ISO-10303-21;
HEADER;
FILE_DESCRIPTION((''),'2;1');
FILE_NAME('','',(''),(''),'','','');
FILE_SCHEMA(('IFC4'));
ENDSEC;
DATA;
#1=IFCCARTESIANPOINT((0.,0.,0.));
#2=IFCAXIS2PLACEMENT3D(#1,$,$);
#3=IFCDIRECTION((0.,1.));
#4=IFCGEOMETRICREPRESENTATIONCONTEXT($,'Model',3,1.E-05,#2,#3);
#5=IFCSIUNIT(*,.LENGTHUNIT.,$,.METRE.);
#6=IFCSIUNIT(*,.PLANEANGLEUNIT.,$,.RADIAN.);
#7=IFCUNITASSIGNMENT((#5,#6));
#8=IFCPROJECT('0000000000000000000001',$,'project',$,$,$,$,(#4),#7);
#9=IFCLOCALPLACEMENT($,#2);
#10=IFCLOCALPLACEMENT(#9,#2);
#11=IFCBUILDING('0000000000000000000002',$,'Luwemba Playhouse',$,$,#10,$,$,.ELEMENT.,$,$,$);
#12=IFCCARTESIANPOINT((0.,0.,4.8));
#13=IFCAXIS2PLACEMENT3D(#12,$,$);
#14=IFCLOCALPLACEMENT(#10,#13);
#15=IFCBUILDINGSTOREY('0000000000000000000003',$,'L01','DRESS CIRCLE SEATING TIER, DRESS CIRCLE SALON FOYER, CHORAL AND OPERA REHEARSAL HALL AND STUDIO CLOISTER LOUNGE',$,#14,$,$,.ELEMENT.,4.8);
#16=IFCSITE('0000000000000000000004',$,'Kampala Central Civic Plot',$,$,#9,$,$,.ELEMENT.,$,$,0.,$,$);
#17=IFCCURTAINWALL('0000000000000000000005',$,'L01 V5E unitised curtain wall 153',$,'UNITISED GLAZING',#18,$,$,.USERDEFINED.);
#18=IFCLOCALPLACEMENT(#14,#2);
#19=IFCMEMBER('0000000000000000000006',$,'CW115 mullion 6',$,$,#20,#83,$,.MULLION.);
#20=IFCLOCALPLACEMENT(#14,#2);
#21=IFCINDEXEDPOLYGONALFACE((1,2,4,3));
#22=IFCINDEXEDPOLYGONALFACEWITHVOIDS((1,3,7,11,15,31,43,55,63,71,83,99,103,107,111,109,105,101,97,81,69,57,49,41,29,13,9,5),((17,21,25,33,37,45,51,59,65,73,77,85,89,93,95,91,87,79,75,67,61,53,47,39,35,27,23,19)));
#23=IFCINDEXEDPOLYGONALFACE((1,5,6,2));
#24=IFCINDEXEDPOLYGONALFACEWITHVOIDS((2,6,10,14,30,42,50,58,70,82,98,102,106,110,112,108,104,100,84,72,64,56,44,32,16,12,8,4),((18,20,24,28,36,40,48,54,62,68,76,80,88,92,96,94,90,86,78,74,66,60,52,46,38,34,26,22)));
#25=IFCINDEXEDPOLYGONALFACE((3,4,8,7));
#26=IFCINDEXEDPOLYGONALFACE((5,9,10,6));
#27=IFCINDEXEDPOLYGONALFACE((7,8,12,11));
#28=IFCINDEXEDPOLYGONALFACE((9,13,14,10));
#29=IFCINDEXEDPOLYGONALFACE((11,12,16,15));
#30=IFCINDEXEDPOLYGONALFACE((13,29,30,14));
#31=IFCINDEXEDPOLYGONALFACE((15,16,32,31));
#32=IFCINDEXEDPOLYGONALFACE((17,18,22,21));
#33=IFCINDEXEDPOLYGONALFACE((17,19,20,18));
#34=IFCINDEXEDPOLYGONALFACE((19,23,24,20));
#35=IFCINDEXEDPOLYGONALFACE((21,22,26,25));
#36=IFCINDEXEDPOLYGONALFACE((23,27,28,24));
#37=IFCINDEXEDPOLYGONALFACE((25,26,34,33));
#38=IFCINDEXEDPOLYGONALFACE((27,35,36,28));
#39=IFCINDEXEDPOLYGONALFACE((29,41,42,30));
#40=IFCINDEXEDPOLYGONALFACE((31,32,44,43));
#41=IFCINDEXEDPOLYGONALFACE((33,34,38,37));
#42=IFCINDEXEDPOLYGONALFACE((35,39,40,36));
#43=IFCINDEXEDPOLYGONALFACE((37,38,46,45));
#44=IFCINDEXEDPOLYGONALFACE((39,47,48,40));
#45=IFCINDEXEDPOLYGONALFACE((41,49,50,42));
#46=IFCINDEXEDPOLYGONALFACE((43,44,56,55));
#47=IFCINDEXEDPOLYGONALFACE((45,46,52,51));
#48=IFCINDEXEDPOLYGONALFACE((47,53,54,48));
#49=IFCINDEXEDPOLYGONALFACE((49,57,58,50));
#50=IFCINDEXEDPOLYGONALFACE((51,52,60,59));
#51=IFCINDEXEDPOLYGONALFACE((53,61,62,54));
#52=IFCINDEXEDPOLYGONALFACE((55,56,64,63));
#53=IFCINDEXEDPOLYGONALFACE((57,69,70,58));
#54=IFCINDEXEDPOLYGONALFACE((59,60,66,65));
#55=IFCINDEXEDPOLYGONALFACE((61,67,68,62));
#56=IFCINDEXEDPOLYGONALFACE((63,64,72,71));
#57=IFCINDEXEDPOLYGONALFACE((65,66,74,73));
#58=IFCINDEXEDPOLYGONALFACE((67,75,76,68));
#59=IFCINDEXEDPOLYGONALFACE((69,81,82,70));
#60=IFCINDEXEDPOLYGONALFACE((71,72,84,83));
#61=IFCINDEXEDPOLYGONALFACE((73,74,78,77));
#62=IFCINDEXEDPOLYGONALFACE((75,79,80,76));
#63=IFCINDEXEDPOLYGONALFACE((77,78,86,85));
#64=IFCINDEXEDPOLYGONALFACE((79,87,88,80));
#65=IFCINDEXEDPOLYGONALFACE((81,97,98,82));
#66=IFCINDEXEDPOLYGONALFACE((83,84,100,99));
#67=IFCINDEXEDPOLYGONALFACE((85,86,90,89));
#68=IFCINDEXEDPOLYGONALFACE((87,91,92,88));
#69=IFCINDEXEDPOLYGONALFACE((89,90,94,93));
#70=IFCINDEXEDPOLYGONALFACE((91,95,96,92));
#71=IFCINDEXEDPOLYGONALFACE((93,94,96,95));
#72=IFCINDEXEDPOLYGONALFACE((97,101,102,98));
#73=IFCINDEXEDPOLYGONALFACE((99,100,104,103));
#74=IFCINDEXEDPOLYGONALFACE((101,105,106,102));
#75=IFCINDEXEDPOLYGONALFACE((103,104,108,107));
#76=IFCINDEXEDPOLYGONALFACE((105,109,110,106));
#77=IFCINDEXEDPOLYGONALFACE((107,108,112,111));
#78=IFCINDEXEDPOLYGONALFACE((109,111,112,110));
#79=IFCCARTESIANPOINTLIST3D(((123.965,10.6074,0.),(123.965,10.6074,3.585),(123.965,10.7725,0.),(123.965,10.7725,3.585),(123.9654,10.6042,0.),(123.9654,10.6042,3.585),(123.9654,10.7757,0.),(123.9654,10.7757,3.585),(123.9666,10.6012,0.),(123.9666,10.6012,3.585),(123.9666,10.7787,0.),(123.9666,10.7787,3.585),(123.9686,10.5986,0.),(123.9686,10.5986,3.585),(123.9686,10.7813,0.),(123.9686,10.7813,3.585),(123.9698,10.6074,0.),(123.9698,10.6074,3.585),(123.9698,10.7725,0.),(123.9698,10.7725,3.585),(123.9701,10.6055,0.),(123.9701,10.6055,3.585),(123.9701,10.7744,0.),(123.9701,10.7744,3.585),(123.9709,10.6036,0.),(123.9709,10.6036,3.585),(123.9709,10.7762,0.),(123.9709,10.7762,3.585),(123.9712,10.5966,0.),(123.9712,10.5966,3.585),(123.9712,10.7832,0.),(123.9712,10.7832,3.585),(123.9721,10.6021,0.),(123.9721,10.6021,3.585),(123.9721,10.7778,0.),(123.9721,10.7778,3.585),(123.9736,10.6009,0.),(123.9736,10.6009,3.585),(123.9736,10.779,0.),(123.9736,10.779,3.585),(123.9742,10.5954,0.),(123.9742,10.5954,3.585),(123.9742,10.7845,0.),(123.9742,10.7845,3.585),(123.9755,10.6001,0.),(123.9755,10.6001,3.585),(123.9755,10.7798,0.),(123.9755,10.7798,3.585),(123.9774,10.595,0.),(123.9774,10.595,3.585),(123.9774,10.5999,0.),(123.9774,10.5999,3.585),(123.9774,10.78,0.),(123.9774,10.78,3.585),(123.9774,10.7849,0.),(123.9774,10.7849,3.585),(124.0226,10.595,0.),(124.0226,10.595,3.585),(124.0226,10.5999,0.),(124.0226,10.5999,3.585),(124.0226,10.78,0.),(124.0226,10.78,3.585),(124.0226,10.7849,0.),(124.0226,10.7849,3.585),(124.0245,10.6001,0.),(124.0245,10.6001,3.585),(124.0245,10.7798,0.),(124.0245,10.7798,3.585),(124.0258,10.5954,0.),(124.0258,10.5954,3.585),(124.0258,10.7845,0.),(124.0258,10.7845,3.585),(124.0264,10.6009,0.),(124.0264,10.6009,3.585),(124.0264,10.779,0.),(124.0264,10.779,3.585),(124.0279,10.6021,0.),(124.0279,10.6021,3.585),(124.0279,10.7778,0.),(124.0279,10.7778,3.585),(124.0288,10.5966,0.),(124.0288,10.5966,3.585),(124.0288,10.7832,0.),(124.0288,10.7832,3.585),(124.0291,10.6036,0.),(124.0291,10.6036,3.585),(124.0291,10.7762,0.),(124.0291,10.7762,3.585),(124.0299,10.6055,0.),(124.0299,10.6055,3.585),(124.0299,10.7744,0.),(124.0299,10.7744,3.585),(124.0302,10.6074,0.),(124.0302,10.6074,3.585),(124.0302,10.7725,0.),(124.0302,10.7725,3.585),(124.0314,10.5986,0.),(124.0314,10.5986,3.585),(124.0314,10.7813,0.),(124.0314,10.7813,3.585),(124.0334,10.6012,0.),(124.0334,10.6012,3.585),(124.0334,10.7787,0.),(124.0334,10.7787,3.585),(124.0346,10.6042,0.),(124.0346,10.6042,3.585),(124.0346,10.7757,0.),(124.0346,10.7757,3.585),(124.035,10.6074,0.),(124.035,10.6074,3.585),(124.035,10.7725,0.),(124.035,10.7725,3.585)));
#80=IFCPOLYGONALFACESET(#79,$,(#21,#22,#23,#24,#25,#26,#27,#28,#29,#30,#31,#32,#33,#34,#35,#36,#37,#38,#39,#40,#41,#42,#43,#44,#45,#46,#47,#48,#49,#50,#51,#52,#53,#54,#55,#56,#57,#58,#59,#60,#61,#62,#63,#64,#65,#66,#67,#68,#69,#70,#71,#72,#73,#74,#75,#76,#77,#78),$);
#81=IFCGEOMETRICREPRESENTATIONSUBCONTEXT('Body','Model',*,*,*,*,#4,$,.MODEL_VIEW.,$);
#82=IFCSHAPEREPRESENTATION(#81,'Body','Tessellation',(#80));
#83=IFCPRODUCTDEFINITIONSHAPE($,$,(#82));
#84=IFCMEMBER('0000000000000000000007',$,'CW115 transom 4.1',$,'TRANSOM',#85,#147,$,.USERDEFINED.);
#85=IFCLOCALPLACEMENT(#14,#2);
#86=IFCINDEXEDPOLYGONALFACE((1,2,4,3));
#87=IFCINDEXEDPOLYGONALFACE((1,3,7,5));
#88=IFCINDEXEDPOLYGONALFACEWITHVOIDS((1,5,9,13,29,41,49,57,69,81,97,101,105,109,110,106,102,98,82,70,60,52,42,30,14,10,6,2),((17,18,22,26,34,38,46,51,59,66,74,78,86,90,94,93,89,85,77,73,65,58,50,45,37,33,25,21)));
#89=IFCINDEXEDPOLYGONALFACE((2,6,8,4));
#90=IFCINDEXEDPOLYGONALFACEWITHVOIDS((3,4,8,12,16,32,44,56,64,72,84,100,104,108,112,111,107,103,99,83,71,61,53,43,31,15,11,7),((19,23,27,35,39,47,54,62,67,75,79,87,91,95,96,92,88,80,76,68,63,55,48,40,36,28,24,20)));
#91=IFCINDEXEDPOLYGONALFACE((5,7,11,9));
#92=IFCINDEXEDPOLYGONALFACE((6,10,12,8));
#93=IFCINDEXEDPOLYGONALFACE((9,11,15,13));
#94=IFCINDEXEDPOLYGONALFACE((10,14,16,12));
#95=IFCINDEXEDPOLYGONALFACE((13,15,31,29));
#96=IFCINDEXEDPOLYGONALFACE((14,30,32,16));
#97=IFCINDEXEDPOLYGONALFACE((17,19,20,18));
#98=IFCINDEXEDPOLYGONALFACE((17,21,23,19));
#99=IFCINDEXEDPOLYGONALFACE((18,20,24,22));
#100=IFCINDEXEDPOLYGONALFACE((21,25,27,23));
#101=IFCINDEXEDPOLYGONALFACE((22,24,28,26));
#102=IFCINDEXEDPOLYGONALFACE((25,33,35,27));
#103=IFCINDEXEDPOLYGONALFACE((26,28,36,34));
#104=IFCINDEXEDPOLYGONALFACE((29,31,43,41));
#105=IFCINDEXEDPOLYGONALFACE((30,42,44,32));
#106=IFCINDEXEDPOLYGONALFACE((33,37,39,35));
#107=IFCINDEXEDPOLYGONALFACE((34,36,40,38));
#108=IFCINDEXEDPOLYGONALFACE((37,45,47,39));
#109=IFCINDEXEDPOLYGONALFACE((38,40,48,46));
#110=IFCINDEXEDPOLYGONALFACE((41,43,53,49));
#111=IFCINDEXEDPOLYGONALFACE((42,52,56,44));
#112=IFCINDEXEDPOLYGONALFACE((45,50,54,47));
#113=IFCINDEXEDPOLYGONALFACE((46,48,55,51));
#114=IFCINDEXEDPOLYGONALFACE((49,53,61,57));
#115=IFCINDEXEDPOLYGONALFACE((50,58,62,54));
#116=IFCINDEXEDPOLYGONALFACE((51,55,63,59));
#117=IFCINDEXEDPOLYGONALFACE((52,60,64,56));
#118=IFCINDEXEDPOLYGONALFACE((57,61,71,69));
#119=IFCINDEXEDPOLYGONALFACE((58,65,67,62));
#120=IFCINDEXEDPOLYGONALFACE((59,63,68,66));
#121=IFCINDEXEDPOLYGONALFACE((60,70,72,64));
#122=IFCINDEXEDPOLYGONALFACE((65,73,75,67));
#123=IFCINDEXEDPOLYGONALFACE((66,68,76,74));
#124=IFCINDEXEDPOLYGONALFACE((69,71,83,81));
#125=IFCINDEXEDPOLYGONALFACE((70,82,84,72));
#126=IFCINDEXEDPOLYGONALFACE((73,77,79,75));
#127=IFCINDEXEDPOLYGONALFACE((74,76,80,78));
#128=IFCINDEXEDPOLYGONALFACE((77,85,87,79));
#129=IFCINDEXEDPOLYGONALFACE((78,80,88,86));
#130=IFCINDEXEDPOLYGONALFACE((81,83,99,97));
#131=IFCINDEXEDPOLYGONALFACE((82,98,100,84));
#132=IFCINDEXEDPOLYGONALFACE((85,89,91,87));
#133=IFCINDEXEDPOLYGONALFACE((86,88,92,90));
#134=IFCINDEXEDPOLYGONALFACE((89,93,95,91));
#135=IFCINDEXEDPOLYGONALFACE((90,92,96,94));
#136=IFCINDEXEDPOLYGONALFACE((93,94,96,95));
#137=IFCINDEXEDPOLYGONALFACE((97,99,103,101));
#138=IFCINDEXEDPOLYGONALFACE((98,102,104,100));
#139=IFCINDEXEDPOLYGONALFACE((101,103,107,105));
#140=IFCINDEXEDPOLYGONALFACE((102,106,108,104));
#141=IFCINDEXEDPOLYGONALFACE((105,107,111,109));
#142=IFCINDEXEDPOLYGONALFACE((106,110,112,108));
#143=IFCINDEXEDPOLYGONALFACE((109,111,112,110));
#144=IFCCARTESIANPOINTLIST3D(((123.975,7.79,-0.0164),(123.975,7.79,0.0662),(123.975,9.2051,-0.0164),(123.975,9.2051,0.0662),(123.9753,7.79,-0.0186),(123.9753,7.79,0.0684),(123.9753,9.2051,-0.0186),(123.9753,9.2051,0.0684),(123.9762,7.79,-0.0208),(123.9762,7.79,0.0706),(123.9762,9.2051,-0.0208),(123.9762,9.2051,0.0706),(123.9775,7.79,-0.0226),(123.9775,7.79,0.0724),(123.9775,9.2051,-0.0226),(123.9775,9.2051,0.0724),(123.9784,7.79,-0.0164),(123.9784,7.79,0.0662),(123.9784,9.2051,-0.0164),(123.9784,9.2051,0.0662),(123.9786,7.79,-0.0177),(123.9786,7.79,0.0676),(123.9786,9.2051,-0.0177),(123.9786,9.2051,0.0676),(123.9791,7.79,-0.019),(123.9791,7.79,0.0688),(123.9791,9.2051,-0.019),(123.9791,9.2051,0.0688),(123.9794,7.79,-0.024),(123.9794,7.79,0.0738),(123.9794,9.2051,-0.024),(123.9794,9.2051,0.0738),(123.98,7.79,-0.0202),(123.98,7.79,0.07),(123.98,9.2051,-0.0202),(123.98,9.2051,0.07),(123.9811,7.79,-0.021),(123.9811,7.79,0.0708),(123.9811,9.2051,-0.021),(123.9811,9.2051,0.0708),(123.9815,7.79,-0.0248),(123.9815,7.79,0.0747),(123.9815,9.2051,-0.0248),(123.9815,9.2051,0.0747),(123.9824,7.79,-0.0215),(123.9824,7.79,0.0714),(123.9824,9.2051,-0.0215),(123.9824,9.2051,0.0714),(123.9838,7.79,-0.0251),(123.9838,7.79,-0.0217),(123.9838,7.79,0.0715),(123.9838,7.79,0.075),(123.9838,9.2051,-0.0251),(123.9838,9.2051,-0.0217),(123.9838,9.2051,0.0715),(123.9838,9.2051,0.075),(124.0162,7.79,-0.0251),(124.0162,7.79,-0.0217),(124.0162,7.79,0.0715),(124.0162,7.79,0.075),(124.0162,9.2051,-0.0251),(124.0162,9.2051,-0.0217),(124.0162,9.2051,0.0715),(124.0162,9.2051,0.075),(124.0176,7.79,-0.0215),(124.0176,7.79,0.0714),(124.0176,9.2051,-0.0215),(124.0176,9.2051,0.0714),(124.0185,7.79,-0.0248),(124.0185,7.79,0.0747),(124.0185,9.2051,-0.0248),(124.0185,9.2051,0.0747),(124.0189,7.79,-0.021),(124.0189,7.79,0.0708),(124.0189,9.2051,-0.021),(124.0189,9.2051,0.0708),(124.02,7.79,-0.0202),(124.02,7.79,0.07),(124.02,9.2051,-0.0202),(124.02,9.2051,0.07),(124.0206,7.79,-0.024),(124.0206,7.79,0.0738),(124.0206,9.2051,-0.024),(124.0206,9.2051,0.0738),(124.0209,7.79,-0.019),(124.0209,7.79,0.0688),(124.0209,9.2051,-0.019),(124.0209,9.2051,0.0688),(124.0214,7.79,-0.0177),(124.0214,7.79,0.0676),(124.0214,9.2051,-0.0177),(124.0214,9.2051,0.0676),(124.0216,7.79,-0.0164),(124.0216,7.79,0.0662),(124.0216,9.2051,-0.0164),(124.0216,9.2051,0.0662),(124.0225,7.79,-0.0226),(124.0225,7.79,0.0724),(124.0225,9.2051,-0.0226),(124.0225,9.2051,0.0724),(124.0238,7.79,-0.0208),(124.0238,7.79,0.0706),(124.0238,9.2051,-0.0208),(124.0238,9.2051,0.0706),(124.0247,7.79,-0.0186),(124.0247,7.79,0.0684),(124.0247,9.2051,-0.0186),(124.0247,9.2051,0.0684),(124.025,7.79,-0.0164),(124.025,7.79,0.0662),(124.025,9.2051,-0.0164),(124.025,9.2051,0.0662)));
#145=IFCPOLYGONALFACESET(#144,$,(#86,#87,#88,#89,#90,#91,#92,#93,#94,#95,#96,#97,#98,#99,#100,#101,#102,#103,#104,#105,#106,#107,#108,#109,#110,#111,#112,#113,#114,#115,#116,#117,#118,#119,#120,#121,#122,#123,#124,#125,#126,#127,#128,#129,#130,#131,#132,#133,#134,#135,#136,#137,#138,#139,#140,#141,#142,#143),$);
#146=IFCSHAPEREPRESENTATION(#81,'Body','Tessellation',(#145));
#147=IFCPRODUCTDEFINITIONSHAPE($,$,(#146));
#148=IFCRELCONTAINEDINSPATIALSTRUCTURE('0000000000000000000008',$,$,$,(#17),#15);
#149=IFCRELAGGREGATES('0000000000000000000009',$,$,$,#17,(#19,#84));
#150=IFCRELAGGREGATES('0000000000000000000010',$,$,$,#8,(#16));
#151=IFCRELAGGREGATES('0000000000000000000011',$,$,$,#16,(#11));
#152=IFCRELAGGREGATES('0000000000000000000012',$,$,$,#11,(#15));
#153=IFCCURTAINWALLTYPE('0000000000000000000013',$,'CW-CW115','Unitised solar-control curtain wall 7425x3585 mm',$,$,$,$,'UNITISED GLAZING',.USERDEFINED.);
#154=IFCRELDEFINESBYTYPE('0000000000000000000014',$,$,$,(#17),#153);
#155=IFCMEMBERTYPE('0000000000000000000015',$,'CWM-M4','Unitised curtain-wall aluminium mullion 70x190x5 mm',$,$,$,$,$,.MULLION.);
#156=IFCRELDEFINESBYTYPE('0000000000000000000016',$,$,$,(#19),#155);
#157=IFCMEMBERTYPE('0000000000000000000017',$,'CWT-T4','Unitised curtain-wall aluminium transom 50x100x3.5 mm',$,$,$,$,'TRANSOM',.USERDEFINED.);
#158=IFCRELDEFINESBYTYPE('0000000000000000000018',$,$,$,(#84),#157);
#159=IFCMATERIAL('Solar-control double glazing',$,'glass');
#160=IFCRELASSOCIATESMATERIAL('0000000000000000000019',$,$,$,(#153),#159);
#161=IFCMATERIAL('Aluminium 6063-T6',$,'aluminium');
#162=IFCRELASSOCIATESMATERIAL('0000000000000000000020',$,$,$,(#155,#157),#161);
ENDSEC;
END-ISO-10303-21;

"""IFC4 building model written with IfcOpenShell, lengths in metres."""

from ifc_helpers import new_model, si_unit, direction, frame, origin, origin_2d, place, context, subcontext, project, spatial, hollow_rectangle, extrude, material, material_profile, profile_set, type_object, element, aggregate, save


model = new_model("IFC4")

# Units and contexts
model_context = context("Model", 3, precision=1e-05, world=origin(), true_north=direction((0.0, 1.0)))
body_context = subcontext(model_context, "Body", "Model", "MODEL_VIEW")
ifc_project = project(units=[si_unit("LENGTHUNIT", "METRE"), si_unit("PLANEANGLEUNIT", "RADIAN")], contexts=[model_context])

# Site, building, storey
site_placement = place(None, origin())
site = spatial("IfcSite", under=ifc_project, at=site_placement, Name="Kampala Central Civic Plot", CompositionType="ELEMENT", RefElevation=0.0)
building_placement = place(site_placement, origin())
building = spatial("IfcBuilding", under=site, at=building_placement, Name="Luwemba Playhouse", CompositionType="ELEMENT")
storey_placement = place(building_placement, frame((0.0, 0.0, 4.8)))
storey = spatial("IfcBuildingStorey", under=building, at=storey_placement, Name="L01", Description="DRESS CIRCLE SEATING TIER, DRESS CIRCLE SALON FOYER, CHORAL AND OPERA REHEARSAL HALL AND STUDIO CLOISTER LOUNGE", CompositionType="ELEMENT", Elevation=4.8)

# Curtain wall, members
ifc_material_1 = material(Name="Solar-control double glazing", Category="glass")
curtain_wall_type = type_object("IfcCurtainWallType", Name="CW-CW115", Description="Unitised solar-control curtain wall 7425x3585 mm", ElementType="UNITISED GLAZING", PredefinedType="USERDEFINED", material=ifc_material_1)
curtain_wall_placement = place(storey_placement, origin())
curtain_wall = element("IfcCurtainWall", 1, at=curtain_wall_placement, inside=storey, type_object=curtain_wall_type, Name="L01 V5E unitised curtain wall 153", ObjectType="UNITISED GLAZING", PredefinedType="USERDEFINED")
ifc_material_2 = material(Name="Aluminium 6063-T6", Category="aluminium")
ifc_material_profile_1 = material_profile(ifc_material_2, hollow_rectangle(XDim=0.0701, YDim=0.1899, WallThickness=0.0049, InnerFilletRadius=0.0076, OuterFilletRadius=0.0125, at=origin_2d()))
ifc_profile_set_1 = profile_set([ifc_material_profile_1], Name="Aluminium 6063-T6")
member_type_1 = type_object("IfcMemberType", Name="CWM-M4", Description="Unitised curtain-wall aluminium mullion 70x190x5 mm", PredefinedType="MULLION", material=ifc_profile_set_1)
member_1_placement = place(storey_placement, frame((124.0, 10.6899, 0.0), z_axis=(0.0, 0.0, 1.0), x_axis=(-1.0, 0.0, 0.0)))
member_1 = element("IfcMember", 2, at=member_1_placement, type_object=member_type_1, Name="CW115 mullion 6", PredefinedType="MULLION", context=body_context, shape_type="SweptSolid", body=[
    extrude(hollow_rectangle(XDim=0.0701, YDim=0.1899, WallThickness=0.0049, InnerFilletRadius=0.0076, OuterFilletRadius=0.0125, at=origin_2d()), origin(), (0.0, 0.0, 1.0), 3.585),
])
ifc_material_profile_2 = material_profile(ifc_material_2, hollow_rectangle(XDim=0.05, YDim=0.1001, WallThickness=0.0034, InnerFilletRadius=0.0054, OuterFilletRadius=0.0088, at=origin_2d()))
ifc_profile_set_2 = profile_set([ifc_material_profile_2], Name="Aluminium 6063-T6")
member_type_2 = type_object("IfcMemberType", Name="CWT-T4", Description="Unitised curtain-wall aluminium transom 50x100x3.5 mm", ElementType="TRANSOM", PredefinedType="USERDEFINED", material=ifc_profile_set_2)
member_2_placement = place(storey_placement, frame((124.0, 7.79, 0.0249), z_axis=(0.0, 1.0, 0.0), x_axis=(-1.0, 0.0, 0.0)))
member_2 = element("IfcMember", 3, at=member_2_placement, type_object=member_type_2, Name="CW115 transom 4.1", ObjectType="TRANSOM", PredefinedType="USERDEFINED", context=body_context, shape_type="SweptSolid", body=[
    extrude(hollow_rectangle(XDim=0.05, YDim=0.1001, WallThickness=0.0034, InnerFilletRadius=0.0054, OuterFilletRadius=0.0088, at=origin_2d()), origin(), (0.0, 0.0, 1.0), 1.415),
])

aggregate(curtain_wall, [member_1, member_2])

save(model, "model.ifc")
